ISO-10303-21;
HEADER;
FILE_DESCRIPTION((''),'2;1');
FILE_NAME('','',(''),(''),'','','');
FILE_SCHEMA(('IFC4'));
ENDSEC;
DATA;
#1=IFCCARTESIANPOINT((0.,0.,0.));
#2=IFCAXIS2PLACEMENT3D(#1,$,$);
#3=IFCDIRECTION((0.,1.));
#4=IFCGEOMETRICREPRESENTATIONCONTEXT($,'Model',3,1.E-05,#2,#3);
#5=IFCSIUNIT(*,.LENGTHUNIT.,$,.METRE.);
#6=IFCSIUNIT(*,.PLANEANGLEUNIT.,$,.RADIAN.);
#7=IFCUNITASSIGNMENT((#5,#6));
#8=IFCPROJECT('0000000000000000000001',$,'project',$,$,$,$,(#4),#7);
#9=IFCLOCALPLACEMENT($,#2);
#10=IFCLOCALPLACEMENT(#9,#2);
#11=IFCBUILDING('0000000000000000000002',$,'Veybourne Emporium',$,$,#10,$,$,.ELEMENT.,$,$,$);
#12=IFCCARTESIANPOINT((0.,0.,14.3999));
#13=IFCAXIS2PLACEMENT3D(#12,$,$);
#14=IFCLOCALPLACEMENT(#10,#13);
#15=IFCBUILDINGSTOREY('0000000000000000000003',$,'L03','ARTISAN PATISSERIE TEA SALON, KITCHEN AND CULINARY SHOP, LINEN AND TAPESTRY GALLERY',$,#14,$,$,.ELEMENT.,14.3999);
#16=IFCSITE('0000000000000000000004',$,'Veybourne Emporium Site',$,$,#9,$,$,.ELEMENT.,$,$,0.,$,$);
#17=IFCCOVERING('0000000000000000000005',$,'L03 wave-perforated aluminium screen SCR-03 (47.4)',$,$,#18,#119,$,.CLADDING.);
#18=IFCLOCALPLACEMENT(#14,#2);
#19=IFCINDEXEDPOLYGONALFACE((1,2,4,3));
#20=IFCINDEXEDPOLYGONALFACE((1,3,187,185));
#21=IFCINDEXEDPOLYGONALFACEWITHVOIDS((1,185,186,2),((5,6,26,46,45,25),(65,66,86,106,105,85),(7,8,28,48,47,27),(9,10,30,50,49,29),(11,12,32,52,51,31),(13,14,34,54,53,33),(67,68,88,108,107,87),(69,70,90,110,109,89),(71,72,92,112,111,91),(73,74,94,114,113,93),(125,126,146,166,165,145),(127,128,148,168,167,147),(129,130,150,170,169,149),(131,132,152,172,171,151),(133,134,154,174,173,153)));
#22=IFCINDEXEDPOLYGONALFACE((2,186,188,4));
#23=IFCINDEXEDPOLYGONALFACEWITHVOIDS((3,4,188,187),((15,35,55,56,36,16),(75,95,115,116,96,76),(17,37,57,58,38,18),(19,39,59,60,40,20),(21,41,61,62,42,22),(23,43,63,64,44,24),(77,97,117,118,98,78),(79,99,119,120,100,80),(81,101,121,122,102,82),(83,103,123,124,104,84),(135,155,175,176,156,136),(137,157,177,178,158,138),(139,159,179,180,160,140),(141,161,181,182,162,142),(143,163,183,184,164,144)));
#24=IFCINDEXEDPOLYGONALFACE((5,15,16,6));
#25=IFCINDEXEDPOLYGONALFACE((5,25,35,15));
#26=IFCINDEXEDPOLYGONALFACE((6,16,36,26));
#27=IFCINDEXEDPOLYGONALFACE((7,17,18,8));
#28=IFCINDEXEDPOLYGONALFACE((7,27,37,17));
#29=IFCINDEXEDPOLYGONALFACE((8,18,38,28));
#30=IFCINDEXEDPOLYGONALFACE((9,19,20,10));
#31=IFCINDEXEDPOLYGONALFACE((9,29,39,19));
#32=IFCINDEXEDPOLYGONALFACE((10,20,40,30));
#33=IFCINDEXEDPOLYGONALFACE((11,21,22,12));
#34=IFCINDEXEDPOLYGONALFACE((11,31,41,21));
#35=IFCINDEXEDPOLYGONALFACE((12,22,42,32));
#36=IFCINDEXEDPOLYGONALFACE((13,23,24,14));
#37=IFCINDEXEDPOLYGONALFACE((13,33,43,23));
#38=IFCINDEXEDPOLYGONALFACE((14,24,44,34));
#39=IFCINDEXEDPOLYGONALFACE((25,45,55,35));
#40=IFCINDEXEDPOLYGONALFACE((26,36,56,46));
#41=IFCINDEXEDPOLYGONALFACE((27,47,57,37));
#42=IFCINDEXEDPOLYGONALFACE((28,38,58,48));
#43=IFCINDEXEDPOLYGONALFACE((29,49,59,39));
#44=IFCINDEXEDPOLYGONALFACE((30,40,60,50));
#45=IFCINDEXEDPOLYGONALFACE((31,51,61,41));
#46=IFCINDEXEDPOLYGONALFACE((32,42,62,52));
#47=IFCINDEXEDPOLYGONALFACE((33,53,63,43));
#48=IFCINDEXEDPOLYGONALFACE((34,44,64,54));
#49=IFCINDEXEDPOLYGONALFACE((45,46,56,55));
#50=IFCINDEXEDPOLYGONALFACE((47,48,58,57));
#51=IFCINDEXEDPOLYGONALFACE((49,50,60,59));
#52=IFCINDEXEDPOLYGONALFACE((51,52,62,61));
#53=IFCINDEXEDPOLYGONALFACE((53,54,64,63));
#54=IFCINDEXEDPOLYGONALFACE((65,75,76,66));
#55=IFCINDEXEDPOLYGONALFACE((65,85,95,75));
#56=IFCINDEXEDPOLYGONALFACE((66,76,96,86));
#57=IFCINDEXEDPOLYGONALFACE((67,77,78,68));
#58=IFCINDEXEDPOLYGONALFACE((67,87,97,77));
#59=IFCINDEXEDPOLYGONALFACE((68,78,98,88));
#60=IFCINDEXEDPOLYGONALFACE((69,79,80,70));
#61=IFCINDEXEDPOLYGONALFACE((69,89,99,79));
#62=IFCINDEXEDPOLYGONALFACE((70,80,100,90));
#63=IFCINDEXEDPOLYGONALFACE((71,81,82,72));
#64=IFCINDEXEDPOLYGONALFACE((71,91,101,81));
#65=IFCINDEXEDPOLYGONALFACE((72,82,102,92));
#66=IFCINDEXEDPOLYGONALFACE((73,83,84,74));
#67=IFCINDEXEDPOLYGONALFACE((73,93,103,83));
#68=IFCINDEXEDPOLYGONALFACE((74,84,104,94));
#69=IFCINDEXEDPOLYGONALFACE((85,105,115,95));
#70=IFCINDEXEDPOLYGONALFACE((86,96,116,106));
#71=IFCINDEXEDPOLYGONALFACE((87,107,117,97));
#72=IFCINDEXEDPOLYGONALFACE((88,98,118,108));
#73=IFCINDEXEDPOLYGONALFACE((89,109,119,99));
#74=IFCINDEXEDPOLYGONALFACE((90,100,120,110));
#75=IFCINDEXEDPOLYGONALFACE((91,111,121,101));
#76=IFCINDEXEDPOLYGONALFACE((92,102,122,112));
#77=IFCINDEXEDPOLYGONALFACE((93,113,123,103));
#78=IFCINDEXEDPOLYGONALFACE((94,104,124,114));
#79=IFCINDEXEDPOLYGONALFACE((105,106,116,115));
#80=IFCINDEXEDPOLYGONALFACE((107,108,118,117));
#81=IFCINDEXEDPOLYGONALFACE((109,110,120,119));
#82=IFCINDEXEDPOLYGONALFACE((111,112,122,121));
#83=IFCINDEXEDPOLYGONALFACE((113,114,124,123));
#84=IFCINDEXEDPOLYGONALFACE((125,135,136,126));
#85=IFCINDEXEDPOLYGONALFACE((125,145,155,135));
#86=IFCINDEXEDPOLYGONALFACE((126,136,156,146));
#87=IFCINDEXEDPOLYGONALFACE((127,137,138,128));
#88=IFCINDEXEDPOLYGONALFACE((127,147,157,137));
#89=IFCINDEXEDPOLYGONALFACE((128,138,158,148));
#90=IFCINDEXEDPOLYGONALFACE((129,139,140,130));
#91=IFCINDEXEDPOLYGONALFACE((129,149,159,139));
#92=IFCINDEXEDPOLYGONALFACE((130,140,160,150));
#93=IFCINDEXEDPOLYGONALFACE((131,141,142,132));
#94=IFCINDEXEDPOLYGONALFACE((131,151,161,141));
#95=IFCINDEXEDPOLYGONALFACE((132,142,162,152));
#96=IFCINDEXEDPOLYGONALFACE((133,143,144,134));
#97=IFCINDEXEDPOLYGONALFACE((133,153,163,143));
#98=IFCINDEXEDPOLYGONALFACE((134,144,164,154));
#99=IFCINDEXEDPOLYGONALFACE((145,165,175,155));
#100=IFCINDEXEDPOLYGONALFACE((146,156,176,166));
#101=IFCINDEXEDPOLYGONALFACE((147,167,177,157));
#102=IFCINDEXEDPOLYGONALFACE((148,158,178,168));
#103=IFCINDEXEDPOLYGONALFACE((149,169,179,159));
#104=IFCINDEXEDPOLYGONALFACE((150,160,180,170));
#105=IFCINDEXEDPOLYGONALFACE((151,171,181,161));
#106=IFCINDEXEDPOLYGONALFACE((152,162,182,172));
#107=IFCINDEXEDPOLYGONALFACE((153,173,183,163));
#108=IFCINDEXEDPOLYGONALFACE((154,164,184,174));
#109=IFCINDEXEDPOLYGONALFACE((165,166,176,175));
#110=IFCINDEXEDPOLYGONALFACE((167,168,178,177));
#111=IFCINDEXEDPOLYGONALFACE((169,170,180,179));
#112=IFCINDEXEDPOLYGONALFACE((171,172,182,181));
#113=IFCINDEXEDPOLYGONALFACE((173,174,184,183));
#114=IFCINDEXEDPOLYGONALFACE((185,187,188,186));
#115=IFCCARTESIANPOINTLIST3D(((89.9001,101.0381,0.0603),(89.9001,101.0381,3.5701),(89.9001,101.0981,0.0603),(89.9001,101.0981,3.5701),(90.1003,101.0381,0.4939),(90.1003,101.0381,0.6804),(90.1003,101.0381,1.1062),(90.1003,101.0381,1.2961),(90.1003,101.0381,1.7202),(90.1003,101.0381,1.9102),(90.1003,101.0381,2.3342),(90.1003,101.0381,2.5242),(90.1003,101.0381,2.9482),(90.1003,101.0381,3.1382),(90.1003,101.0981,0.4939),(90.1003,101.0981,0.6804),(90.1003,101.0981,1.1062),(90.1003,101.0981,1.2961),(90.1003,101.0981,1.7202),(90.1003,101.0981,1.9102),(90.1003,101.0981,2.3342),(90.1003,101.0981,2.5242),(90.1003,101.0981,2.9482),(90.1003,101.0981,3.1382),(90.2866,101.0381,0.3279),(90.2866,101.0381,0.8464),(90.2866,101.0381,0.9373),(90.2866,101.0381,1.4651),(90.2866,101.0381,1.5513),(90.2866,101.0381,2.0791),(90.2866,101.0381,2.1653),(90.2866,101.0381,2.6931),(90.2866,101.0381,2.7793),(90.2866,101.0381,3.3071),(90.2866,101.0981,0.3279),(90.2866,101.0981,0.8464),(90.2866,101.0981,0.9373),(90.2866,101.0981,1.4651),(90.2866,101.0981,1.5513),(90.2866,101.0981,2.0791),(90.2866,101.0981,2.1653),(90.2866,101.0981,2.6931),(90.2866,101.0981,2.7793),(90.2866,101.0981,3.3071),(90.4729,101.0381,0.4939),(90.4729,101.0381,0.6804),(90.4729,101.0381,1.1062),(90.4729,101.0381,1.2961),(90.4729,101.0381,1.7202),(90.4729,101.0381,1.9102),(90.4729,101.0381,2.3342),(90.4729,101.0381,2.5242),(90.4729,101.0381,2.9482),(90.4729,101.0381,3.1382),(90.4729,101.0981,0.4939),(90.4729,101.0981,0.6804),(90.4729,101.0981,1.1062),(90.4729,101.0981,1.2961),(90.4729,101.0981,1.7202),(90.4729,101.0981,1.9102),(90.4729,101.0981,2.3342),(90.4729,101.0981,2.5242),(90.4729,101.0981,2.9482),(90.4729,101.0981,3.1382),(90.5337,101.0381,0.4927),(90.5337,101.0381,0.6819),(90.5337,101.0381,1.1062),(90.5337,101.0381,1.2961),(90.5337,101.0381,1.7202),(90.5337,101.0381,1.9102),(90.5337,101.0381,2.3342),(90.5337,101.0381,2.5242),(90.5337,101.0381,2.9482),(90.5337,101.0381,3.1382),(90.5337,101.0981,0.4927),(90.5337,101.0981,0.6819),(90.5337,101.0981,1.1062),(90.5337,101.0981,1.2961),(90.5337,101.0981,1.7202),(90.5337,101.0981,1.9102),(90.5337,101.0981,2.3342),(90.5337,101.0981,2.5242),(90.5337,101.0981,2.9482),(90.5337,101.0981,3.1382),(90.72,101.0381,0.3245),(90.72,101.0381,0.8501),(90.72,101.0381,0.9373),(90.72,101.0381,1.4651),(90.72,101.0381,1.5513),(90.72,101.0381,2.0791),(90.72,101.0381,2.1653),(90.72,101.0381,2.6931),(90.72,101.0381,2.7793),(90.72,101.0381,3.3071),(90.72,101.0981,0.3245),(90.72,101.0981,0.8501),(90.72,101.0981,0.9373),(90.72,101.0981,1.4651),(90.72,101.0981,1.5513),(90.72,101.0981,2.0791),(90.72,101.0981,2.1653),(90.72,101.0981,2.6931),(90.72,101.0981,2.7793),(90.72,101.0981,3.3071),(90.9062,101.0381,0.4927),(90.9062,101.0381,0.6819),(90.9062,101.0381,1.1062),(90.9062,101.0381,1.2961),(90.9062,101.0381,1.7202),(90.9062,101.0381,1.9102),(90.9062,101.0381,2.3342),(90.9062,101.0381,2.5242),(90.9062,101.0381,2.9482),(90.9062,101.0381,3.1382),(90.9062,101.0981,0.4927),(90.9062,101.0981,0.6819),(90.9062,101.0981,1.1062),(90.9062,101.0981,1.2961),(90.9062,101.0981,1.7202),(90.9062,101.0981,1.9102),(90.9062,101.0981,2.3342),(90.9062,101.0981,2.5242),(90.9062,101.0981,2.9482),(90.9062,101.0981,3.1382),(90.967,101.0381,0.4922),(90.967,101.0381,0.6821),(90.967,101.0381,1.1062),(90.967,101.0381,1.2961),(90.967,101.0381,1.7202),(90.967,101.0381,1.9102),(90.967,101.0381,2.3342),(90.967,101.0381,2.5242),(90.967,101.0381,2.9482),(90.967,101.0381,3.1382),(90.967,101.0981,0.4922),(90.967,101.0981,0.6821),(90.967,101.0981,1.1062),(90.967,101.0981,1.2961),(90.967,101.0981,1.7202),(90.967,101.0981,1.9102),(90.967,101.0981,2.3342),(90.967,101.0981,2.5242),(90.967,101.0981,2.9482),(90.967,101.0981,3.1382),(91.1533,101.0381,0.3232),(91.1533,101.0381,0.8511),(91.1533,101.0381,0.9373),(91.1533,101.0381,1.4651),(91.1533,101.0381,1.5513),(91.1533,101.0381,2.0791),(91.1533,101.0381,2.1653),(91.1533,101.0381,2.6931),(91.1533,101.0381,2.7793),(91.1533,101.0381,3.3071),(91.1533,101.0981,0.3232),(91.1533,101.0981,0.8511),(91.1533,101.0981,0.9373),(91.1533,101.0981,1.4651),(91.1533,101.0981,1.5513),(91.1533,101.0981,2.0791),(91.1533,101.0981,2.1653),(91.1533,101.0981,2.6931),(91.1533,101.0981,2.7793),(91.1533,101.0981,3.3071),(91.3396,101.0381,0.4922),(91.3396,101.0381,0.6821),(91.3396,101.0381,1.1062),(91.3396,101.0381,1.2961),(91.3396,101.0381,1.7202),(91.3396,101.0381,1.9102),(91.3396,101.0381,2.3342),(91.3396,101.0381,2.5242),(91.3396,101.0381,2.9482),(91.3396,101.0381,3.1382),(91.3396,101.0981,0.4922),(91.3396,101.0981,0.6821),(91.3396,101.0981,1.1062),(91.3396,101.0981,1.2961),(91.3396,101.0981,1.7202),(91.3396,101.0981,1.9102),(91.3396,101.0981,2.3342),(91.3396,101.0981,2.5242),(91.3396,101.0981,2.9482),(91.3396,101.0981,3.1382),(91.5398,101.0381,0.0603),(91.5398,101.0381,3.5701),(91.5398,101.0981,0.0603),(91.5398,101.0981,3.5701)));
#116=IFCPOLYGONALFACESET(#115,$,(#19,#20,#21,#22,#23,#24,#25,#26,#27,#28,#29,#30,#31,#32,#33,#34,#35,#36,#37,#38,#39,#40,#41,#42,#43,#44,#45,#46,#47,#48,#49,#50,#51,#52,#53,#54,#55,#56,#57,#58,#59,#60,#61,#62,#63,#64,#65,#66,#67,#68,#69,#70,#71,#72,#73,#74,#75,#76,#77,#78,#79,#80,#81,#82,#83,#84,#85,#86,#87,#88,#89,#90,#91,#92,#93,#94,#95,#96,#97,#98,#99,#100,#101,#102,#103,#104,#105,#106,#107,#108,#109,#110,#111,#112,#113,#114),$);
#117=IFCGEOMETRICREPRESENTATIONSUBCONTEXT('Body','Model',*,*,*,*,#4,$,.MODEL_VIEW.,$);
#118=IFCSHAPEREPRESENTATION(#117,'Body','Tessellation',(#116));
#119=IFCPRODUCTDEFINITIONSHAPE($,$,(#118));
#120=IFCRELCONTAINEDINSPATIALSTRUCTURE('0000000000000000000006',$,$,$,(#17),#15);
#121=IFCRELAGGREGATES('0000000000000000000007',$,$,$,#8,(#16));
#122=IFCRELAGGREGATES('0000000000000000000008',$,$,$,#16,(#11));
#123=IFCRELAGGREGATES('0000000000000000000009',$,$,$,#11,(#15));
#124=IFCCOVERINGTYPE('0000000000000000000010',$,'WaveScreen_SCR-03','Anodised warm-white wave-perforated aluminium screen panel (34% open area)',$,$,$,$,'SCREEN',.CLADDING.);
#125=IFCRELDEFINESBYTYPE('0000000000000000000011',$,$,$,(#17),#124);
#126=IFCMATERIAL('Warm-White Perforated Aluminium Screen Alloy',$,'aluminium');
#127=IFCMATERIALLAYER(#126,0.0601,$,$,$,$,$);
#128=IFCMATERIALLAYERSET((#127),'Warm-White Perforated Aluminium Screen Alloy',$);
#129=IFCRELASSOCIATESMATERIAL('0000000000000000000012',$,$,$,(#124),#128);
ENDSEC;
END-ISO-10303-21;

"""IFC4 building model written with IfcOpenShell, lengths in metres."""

from ifc_helpers import new_model, si_unit, direction, frame, origin, place, context, subcontext, project, spatial, polyline, outline, extrude, material, layer, layer_set, type_object, element, save


model = new_model("IFC4")

# Units and contexts
model_context = context("Model", 3, precision=1e-05, world=origin(), true_north=direction((0.0, 1.0)))
body_context = subcontext(model_context, "Body", "Model", "MODEL_VIEW")
ifc_project = project(units=[si_unit("LENGTHUNIT", "METRE"), si_unit("PLANEANGLEUNIT", "RADIAN")], contexts=[model_context])

# Site, building, storey
site_placement = place(None, origin())
site = spatial("IfcSite", under=ifc_project, at=site_placement, Name="Veybourne Emporium Site", CompositionType="ELEMENT", RefElevation=0.0)
building_placement = place(site_placement, origin())
building = spatial("IfcBuilding", under=site, at=building_placement, Name="Veybourne Emporium", CompositionType="ELEMENT")
storey_placement = place(building_placement, frame((0.0, 0.0, 14.3999)))
storey = spatial("IfcBuildingStorey", under=building, at=storey_placement, Name="L03", Description="ARTISAN PATISSERIE TEA SALON, KITCHEN AND CULINARY SHOP, LINEN AND TAPESTRY GALLERY", CompositionType="ELEMENT", Elevation=14.3999)

# Covering
ifc_material_1 = material(Name="Warm-White Perforated Aluminium Screen Alloy", Category="aluminium")
ifc_layer_1 = layer(ifc_material_1, 0.0601)
ifc_layer_set_1 = layer_set([ifc_layer_1], Name="Warm-White Perforated Aluminium Screen Alloy")
covering_type_1 = type_object("IfcCoveringType", Name="WaveScreen_SCR-03", Description="Anodised warm-white wave-perforated aluminium screen panel (34% open area)", ElementType="SCREEN", PredefinedType="CLADDING", material=ifc_layer_set_1)
covering_1_placement = place(storey_placement, frame((90.72, 101.0981, 1.8152), z_axis=(0.0, -1.0, 0.0), x_axis=(1.0, 0.0, 0.0)))
element("IfcCovering", 1, at=covering_1_placement, inside=storey, type_object=covering_type_1, Name="L03 wave-perforated aluminium screen SCR-03 (47.4)", PredefinedType="CLADDING", context=body_context, shape_type="SweptSolid", body=[
    extrude(outline(polyline([(-0.8198, -1.7549), (0.8198, -1.7549), (0.8198, 1.7549), (-0.8198, 1.7549), (-0.8198, -1.7549)]), holes=[polyline([(-0.4333, -0.9688), (-0.2471, -1.1348), (-0.2471, -1.3213), (-0.4333, -1.4873), (-0.6196, -1.3213), (-0.6196, -1.1348), (-0.4333, -0.9688)]), polyline([(-0.4333, -0.3501), (-0.2471, -0.519), (-0.2471, -0.709), (-0.4333, -0.8779), (-0.6196, -0.709), (-0.6196, -0.519), (-0.4333, -0.3501)]), polyline([(-0.4333, 0.2639), (-0.2471, 0.095), (-0.2471, -0.095), (-0.4333, -0.2639), (-0.6196, -0.095), (-0.6196, 0.095), (-0.4333, 0.2639)]), polyline([(-0.4333, 0.8779), (-0.2471, 0.709), (-0.2471, 0.519), (-0.4333, 0.3501), (-0.6196, 0.519), (-0.6196, 0.709), (-0.4333, 0.8779)]), polyline([(-0.4333, 1.4919), (-0.2471, 1.323), (-0.2471, 1.1331), (-0.4333, 0.9641), (-0.6196, 1.1331), (-0.6196, 1.323), (-0.4333, 1.4919)]), polyline([(0.0, -0.9651), (0.1863, -1.1333), (0.1863, -1.3225), (0.0, -1.4907), (-0.1863, -1.3225), (-0.1863, -1.1333), (0.0, -0.9651)]), polyline([(0.0, -0.3501), (0.1863, -0.519), (0.1863, -0.709), (0.0, -0.8779), (-0.1863, -0.709), (-0.1863, -0.519), (0.0, -0.3501)]), polyline([(0.0, 0.2639), (0.1863, 0.095), (0.1863, -0.095), (0.0, -0.2639), (-0.1863, -0.095), (-0.1863, 0.095), (0.0, 0.2639)]), polyline([(0.0, 0.8779), (0.1863, 0.709), (0.1863, 0.519), (0.0, 0.3501), (-0.1863, 0.519), (-0.1863, 0.709), (0.0, 0.8779)]), polyline([(0.0, 1.4919), (0.1863, 1.323), (0.1863, 1.1331), (0.0, 0.9641), (-0.1863, 1.1331), (-0.1863, 1.323), (0.0, 1.4919)]), polyline([(0.4333, -0.9641), (0.6196, -1.1331), (0.6196, -1.323), (0.4333, -1.4919), (0.2471, -1.323), (0.2471, -1.1331), (0.4333, -0.9641)]), polyline([(0.4333, -0.3501), (0.6196, -0.519), (0.6196, -0.709), (0.4333, -0.8779), (0.2471, -0.709), (0.2471, -0.519), (0.4333, -0.3501)]), polyline([(0.4333, 0.2639), (0.6196, 0.095), (0.6196, -0.095), (0.4333, -0.2639), (0.2471, -0.095), (0.2471, 0.095), (0.4333, 0.2639)]), polyline([(0.4333, 0.8779), (0.6196, 0.709), (0.6196, 0.519), (0.4333, 0.3501), (0.2471, 0.519), (0.2471, 0.709), (0.4333, 0.8779)]), polyline([(0.4333, 1.4919), (0.6196, 1.323), (0.6196, 1.1331), (0.4333, 0.9641), (0.2471, 1.1331), (0.2471, 1.323), (0.4333, 1.4919)])]), origin(), (0.0, 0.0, 1.0), 0.0601),
])

save(model, "model.ifc")
